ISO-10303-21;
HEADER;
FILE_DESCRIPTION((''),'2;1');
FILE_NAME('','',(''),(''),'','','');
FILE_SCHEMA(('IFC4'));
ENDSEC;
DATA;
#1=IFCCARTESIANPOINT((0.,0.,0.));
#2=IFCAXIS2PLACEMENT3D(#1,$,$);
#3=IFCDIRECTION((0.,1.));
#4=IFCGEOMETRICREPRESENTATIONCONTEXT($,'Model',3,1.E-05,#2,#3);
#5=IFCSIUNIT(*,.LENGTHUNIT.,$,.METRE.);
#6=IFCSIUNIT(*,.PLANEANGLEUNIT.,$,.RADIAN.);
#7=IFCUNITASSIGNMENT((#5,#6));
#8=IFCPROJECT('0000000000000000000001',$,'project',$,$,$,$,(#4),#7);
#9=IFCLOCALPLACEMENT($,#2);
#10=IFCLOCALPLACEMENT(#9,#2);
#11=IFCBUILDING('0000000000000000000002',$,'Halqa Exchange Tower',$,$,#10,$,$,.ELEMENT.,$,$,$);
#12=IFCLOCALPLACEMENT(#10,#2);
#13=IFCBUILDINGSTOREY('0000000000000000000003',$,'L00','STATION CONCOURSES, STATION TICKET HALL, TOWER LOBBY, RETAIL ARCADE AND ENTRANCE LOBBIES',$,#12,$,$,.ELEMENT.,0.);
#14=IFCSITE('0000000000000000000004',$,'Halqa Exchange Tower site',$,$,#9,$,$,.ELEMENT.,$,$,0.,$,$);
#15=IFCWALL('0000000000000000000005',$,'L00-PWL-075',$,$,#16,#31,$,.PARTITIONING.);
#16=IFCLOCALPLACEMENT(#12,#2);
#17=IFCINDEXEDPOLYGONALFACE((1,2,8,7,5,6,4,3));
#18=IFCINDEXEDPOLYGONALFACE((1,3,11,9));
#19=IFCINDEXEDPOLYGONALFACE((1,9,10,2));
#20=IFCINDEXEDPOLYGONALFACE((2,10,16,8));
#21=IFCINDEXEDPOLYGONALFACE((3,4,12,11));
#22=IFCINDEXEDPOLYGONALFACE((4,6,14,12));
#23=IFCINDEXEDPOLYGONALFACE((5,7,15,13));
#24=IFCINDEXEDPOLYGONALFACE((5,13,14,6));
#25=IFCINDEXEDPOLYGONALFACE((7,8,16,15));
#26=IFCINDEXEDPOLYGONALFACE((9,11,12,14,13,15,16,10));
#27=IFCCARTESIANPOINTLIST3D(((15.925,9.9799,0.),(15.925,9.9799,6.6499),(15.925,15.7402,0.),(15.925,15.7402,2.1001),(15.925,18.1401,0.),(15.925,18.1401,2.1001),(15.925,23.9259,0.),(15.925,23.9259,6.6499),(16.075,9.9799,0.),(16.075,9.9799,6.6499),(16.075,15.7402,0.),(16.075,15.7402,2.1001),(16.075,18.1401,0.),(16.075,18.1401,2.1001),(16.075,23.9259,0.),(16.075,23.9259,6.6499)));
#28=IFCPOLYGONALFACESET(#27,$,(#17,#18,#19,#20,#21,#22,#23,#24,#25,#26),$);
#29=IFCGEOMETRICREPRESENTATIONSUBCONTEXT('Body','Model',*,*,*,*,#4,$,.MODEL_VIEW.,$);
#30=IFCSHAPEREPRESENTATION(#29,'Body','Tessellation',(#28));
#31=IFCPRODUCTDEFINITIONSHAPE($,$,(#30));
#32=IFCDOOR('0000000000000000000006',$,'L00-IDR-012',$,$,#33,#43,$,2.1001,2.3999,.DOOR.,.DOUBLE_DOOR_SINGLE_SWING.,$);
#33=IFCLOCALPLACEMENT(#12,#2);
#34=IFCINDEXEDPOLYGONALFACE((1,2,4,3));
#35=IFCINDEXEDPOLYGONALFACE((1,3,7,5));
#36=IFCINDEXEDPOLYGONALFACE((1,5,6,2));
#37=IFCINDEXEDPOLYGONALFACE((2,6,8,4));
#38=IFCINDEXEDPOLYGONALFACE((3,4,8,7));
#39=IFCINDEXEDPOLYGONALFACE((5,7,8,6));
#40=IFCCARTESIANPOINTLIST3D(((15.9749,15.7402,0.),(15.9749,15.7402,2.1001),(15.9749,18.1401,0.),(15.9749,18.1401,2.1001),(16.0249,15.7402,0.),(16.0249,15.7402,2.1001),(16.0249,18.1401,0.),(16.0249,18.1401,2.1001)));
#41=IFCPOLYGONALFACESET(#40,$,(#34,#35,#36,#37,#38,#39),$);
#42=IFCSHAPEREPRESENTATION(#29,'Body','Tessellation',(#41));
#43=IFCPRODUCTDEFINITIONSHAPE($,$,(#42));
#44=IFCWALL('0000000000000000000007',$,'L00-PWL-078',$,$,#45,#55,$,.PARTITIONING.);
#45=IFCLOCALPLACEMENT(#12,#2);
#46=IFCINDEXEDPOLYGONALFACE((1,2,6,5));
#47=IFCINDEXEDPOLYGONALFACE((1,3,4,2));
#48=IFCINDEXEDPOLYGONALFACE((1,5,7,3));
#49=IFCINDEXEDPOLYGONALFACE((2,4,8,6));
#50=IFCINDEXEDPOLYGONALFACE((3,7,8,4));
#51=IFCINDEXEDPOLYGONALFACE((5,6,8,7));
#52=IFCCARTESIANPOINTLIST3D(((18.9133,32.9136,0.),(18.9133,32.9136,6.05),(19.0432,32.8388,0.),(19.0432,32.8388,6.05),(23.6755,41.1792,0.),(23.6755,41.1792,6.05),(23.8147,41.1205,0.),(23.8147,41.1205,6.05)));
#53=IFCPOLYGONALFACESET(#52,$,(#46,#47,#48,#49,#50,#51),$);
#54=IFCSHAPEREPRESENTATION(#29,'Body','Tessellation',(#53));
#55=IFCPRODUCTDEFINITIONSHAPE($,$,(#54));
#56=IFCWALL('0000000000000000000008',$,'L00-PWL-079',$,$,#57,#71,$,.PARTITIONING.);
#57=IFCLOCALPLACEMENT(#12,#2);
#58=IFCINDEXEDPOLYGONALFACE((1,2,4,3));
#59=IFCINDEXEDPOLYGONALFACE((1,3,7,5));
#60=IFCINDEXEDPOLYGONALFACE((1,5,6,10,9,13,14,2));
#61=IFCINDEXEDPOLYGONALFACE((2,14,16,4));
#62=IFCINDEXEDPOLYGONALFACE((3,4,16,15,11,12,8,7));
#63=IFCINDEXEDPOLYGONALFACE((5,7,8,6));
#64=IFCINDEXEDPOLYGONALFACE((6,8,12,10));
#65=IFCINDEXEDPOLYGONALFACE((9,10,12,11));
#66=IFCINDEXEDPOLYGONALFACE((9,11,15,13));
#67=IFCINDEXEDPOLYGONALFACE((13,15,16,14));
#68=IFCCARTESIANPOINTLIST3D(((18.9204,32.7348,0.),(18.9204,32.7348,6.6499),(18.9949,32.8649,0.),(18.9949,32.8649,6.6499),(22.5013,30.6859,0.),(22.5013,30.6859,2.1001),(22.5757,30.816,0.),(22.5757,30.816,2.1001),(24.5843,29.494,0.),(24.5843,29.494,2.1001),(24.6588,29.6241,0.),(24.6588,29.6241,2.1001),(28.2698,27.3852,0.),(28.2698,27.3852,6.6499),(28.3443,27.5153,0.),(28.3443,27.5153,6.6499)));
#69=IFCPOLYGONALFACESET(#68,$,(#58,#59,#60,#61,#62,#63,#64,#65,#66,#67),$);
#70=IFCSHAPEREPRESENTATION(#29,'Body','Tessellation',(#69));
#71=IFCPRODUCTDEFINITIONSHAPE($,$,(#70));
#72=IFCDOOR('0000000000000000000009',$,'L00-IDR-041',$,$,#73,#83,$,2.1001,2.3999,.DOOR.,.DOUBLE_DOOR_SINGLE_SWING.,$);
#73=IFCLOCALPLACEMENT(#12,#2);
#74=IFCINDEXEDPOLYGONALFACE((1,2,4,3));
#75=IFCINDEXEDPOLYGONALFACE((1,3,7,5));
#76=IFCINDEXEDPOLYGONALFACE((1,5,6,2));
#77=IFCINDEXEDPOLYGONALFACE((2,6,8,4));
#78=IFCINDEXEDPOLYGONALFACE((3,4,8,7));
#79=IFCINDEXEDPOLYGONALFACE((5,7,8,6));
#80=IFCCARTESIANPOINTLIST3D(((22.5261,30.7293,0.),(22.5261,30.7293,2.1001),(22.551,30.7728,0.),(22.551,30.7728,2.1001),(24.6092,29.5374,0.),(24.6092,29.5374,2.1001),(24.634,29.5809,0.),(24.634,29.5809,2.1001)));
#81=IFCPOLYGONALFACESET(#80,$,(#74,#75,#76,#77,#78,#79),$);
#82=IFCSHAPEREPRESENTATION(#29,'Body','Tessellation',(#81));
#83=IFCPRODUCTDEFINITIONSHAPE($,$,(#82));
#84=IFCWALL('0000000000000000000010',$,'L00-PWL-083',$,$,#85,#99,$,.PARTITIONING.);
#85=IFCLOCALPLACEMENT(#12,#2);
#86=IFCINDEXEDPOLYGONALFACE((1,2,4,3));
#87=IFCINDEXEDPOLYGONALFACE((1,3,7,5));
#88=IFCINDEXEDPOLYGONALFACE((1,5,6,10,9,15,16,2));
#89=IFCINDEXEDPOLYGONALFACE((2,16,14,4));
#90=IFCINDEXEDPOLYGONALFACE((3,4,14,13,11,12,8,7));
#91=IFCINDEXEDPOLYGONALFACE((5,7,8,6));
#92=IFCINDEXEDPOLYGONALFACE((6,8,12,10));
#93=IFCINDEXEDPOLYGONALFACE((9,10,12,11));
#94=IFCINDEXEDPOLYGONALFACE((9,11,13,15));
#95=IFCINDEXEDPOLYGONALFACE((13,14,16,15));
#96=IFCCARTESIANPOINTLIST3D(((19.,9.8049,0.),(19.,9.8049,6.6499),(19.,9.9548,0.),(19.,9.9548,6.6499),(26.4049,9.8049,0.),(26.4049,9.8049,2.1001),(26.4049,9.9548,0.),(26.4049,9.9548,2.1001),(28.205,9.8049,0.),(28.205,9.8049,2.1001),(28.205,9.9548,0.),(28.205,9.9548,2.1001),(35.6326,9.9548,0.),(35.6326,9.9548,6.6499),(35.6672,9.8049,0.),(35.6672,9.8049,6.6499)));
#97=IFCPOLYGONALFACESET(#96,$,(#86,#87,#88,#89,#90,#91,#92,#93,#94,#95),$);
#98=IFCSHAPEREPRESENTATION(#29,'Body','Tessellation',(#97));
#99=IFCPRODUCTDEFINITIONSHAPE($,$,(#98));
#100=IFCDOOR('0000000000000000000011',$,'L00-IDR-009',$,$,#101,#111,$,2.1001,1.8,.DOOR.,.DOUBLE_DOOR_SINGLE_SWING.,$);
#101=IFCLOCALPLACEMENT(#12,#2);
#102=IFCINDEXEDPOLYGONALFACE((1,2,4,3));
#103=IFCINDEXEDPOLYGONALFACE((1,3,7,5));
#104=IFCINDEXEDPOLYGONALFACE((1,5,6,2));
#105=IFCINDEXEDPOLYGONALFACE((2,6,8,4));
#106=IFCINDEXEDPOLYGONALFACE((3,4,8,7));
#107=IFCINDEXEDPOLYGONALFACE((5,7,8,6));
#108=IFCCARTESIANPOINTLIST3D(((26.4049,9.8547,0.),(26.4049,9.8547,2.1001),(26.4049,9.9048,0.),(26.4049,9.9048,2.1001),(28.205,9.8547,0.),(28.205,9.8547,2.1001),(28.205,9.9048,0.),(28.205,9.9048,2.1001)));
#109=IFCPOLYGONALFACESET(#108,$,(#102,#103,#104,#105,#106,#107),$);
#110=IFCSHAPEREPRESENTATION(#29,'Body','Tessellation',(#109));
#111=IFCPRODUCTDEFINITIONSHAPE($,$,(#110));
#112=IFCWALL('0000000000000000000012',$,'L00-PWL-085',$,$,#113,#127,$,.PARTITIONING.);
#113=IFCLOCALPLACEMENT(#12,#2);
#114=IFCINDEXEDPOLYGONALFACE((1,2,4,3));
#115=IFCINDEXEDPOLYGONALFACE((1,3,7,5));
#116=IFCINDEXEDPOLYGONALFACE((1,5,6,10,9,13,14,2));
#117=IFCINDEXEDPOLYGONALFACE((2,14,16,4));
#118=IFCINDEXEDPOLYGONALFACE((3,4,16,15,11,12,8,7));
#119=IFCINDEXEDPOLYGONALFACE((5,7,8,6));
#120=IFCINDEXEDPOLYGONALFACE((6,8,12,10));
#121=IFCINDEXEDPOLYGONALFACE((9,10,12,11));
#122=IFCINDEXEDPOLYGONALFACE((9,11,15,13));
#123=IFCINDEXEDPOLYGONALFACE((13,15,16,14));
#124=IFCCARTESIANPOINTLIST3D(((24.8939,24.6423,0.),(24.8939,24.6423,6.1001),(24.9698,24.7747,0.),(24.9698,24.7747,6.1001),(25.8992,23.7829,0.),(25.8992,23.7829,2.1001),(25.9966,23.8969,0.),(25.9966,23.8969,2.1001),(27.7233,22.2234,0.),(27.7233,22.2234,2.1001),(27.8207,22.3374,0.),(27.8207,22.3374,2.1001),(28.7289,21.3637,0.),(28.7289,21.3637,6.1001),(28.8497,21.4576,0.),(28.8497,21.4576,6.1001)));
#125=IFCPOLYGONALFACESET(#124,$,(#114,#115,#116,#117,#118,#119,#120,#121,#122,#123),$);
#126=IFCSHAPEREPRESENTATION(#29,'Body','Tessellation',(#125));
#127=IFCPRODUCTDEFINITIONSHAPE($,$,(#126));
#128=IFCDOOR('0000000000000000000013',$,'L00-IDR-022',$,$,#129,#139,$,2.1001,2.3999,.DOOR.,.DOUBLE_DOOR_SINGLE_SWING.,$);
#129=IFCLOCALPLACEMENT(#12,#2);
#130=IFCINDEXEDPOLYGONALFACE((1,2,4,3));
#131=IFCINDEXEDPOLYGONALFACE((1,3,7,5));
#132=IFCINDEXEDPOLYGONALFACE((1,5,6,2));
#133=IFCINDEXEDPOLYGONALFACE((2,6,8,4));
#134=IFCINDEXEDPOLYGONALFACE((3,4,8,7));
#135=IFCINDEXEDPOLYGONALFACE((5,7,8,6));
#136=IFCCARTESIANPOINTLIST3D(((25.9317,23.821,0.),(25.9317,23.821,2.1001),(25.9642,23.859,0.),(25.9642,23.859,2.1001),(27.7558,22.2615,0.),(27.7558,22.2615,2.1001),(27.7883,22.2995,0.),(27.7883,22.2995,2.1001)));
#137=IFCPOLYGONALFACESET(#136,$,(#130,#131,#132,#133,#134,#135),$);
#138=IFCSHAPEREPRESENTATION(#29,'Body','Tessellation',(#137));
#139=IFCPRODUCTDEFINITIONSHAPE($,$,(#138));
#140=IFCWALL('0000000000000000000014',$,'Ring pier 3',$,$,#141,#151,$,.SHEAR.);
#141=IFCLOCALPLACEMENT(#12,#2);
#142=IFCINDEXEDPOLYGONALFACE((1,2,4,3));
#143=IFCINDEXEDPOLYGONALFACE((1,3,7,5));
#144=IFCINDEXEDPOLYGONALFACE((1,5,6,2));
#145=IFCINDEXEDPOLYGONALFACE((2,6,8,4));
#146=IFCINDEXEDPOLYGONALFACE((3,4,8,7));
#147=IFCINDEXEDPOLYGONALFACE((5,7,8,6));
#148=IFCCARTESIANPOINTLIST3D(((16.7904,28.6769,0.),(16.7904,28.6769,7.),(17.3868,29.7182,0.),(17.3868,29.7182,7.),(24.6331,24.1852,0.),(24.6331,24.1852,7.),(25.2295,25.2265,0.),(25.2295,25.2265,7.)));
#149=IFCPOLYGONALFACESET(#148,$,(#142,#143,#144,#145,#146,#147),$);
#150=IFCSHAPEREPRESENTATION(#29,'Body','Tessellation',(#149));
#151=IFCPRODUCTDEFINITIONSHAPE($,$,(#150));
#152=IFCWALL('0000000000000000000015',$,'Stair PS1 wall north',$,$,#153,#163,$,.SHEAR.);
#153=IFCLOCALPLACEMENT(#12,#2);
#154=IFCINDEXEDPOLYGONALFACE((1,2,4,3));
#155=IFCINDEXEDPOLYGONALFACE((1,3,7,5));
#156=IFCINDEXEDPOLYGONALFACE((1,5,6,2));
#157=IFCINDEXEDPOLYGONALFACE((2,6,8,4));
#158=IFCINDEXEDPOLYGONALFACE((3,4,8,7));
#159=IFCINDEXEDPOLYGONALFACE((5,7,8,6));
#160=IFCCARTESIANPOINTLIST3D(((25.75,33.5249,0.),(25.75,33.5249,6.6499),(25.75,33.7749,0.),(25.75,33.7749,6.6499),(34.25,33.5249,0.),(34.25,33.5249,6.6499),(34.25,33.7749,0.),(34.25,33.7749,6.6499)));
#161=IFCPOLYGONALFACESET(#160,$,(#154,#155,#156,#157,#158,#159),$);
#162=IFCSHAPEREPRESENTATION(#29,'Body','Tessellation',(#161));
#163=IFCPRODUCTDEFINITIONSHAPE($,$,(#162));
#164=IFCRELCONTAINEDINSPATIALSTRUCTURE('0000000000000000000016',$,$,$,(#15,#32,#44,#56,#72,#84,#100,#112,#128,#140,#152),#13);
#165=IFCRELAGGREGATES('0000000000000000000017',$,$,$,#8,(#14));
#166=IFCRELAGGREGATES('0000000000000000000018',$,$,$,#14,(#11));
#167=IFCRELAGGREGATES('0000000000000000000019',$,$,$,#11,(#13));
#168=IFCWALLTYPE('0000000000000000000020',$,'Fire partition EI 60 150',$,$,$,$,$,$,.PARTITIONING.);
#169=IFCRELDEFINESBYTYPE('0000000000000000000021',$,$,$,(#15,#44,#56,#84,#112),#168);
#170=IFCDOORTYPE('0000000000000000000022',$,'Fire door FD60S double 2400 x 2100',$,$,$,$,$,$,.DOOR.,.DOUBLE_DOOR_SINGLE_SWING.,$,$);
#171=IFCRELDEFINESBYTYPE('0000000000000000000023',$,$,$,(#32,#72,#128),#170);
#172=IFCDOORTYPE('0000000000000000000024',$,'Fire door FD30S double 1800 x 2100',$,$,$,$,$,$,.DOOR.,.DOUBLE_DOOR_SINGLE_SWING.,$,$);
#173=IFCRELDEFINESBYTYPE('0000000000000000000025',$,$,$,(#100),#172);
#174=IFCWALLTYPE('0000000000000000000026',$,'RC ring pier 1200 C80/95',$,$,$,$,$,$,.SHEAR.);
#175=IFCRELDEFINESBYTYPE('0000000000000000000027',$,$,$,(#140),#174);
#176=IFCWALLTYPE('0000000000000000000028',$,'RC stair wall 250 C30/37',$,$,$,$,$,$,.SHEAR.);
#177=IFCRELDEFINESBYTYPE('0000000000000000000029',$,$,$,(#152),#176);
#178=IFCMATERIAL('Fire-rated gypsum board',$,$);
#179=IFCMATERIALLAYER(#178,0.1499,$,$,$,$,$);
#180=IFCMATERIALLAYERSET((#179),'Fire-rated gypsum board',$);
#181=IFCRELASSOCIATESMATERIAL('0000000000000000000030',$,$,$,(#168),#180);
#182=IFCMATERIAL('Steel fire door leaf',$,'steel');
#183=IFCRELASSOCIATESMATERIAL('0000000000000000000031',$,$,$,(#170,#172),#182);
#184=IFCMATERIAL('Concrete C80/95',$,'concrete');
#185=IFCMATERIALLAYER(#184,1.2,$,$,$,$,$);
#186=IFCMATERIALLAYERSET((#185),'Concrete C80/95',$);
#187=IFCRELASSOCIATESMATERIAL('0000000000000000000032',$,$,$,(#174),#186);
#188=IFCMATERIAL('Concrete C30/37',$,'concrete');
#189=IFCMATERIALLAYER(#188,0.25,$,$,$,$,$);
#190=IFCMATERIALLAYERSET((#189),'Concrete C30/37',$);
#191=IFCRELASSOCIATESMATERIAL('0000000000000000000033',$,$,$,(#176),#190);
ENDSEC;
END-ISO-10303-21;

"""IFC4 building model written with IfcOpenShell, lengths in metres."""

from ifc_helpers import new_model, si_unit, direction, frame, frame_2d, origin, place, context, subcontext, project, spatial, polyline, rectangle, outline, extrude, material, layer, layer_set, type_object, element, fill, save


model = new_model("IFC4")

# Units and contexts
model_context = context("Model", 3, precision=1e-05, world=origin(), true_north=direction((0.0, 1.0)))
body_context = subcontext(model_context, "Body", "Model", "MODEL_VIEW")
ifc_project = project(units=[si_unit("LENGTHUNIT", "METRE"), si_unit("PLANEANGLEUNIT", "RADIAN")], contexts=[model_context])

# Site, building, storey
site_placement = place(None, origin())
site = spatial("IfcSite", under=ifc_project, at=site_placement, Name="Halqa Exchange Tower site", CompositionType="ELEMENT", RefElevation=0.0)
building_placement = place(site_placement, origin())
building = spatial("IfcBuilding", under=site, at=building_placement, Name="Halqa Exchange Tower", CompositionType="ELEMENT")
storey_placement = place(building_placement, origin())
storey = spatial("IfcBuildingStorey", under=building, at=storey_placement, Name="L00", Description="STATION CONCOURSES, STATION TICKET HALL, TOWER LOBBY, RETAIL ARCADE AND ENTRANCE LOBBIES", CompositionType="ELEMENT", Elevation=0.0)

# Wall, opening, door
ifc_material_1 = material(Name="Fire-rated gypsum board")
ifc_layer_1 = layer(ifc_material_1, 0.1499)
ifc_layer_set_1 = layer_set([ifc_layer_1], Name="Fire-rated gypsum board")
wall_type_1 = type_object("IfcWallType", Name="Fire partition EI 60 150", PredefinedType="PARTITIONING", material=ifc_layer_set_1)
wall_1_placement = place(storey_placement, frame((16.0, 23.926, 0.0), z_axis=(0.0, 0.0, 1.0), x_axis=(0.0, -1.0, 0.0)))
wall_1 = element("IfcWall", 1, at=wall_1_placement, inside=storey, type_object=wall_type_1, Name="L00-PWL-075", PredefinedType="PARTITIONING", context=body_context, shape_type="SweptSolid", body=[
    extrude(rectangle(XDim=13.946, YDim=0.1499, at=frame_2d((6.9731, 0.0))), origin(), (0.0, 0.0, 1.0), 6.6499),
])
opening_1_placement = place(wall_1_placement, frame((5.7859, 0.0, 0.0)))
opening_1 = element("IfcOpeningElement", 2, at=opening_1_placement, cuts=wall_1, PredefinedType="OPENING", context=body_context, shape_type="SweptSolid", body=[
    extrude(rectangle(XDim=2.3999, YDim=2.1001, at=frame_2d((1.2, 1.05))), frame((0.0, 0.0869, 0.0), z_axis=(0.0, -1.0, 0.0), x_axis=(1.0, 0.0, 0.0)), (0.0, 0.0, 1.0), 0.1738),
])
ifc_material_2 = material(Name="Steel fire door leaf", Category="steel")
door_type_1 = type_object("IfcDoorType", Name="Fire door FD60S double 2400 x 2100", OperationType="DOUBLE_DOOR_SINGLE_SWING", PredefinedType="DOOR", material=ifc_material_2)
door_1_placement = place(opening_1_placement, origin())
door_1 = element("IfcDoor", 3, at=door_1_placement, inside=storey, type_object=door_type_1, Name="L00-IDR-012", OperationType="DOUBLE_DOOR_SINGLE_SWING", OverallHeight=2.1001, OverallWidth=2.3999, PredefinedType="DOOR", context=body_context, shape_type="SweptSolid", body=[
    extrude(rectangle(XDim=2.3999, YDim=2.1001, at=frame_2d((1.2, 1.05))), frame((0.0, 0.0249, 0.0), z_axis=(0.0, -1.0, 0.0), x_axis=(1.0, 0.0, 0.0)), (0.0, 0.0, 1.0), 0.05),
])
fill(opening_1, door_1)

# Wall
wall_2_placement = place(storey_placement, frame((18.9783, 32.8762, 0.0), z_axis=(0.0, 0.0, 1.0), x_axis=(0.499217, 0.866477, 0.0)))
element("IfcWall", 4, at=wall_2_placement, inside=storey, type_object=wall_type_1, Name="L00-PWL-078", PredefinedType="PARTITIONING", context=body_context, shape_type="SweptSolid", body=[
    extrude(outline(polyline([(0.0, -0.075), (9.5579, -0.075), (9.5393, 0.075), (0.0, 0.075), (0.0, -0.075)])), origin(), (0.0, 0.0, 1.0), 6.05),
])

# Walls, openings, doors
wall_3_placement = place(storey_placement, frame((18.9578, 32.7998, 0.0), z_axis=(0.0, 0.0, 1.0), x_axis=(0.867958, -0.496637, 0.0)))
wall_3 = element("IfcWall", 5, at=wall_3_placement, inside=storey, type_object=wall_type_1, Name="L00-PWL-079", PredefinedType="PARTITIONING", context=body_context, shape_type="SweptSolid", body=[
    extrude(rectangle(XDim=10.7717, YDim=0.1499, at=frame_2d((5.3857, 0.0))), origin(), (0.0, 0.0, 1.0), 6.6499),
])
opening_2_placement = place(wall_3_placement, frame((4.1255, 0.0, 0.0)))
opening_2 = element("IfcOpeningElement", 6, at=opening_2_placement, cuts=wall_3, PredefinedType="OPENING", context=body_context, shape_type="SweptSolid", body=[
    extrude(rectangle(XDim=2.3999, YDim=2.1001, at=frame_2d((1.2, 1.05))), frame((0.0, 0.0869, 0.0), z_axis=(0.0, -1.0, 0.0), x_axis=(1.0, 0.0, 0.0)), (0.0, 0.0, 1.0), 0.1738),
])
door_2_placement = place(opening_2_placement, frame((2.3999, 0.0, 0.0), z_axis=(0.0, 0.0, 1.0), x_axis=(-1.0, 0.0, 0.0)))
door_2 = element("IfcDoor", 7, at=door_2_placement, inside=storey, type_object=door_type_1, Name="L00-IDR-041", OperationType="DOUBLE_DOOR_SINGLE_SWING", OverallHeight=2.1001, OverallWidth=2.3999, PredefinedType="DOOR", context=body_context, shape_type="SweptSolid", body=[
    extrude(rectangle(XDim=2.3999, YDim=2.1001, at=frame_2d((1.2, 1.05))), frame((0.0, 0.0249, 0.0), z_axis=(0.0, -1.0, 0.0), x_axis=(1.0, 0.0, 0.0)), (0.0, 0.0, 1.0), 0.05),
])
fill(opening_2, door_2)
wall_4_placement = place(storey_placement, frame((19.0, 9.8799, 0.0), z_axis=(0.0, 0.0, 1.0), x_axis=(1.0, 0.0, 0.0)))
wall_4 = element("IfcWall", 8, at=wall_4_placement, inside=storey, type_object=wall_type_1, Name="L00-PWL-083", PredefinedType="PARTITIONING", context=body_context, shape_type="SweptSolid", body=[
    extrude(outline(polyline([(0.0, -0.075), (16.6672, -0.075), (16.6326, 0.075), (0.0, 0.075), (0.0, -0.075)])), origin(), (0.0, 0.0, 1.0), 6.6499),
])
opening_3_placement = place(wall_4_placement, frame((7.405, 0.0, 0.0)))
opening_3 = element("IfcOpeningElement", 9, at=opening_3_placement, cuts=wall_4, PredefinedType="OPENING", context=body_context, shape_type="SweptSolid", body=[
    extrude(rectangle(XDim=1.8, YDim=2.1001, at=frame_2d((0.8999, 1.05))), frame((0.0, 0.0869, 0.0), z_axis=(0.0, -1.0, 0.0), x_axis=(1.0, 0.0, 0.0)), (0.0, 0.0, 1.0), 0.1738),
])
door_type_2 = type_object("IfcDoorType", Name="Fire door FD30S double 1800 x 2100", OperationType="DOUBLE_DOOR_SINGLE_SWING", PredefinedType="DOOR", material=ifc_material_2)
door_3_placement = place(opening_3_placement, origin())
door_3 = element("IfcDoor", 10, at=door_3_placement, inside=storey, type_object=door_type_2, Name="L00-IDR-009", OperationType="DOUBLE_DOOR_SINGLE_SWING", OverallHeight=2.1001, OverallWidth=1.8, PredefinedType="DOOR", context=body_context, shape_type="SweptSolid", body=[
    extrude(rectangle(XDim=1.8, YDim=2.1001, at=frame_2d((0.8999, 1.05))), frame((0.0, 0.0249, 0.0), z_axis=(0.0, -1.0, 0.0), x_axis=(1.0, 0.0, 0.0)), (0.0, 0.0, 1.0), 0.05),
])
fill(opening_3, door_3)
wall_5_placement = place(storey_placement, frame((24.9319, 24.7085, 0.0), z_axis=(0.0, 0.0, 1.0), x_axis=(0.760085, -0.649824, 0.0)))
wall_5 = element("IfcWall", 11, at=wall_5_placement, inside=storey, type_object=wall_type_1, Name="L00-PWL-085", PredefinedType="PARTITIONING", context=body_context, shape_type="SweptSolid", body=[
    extrude(outline(polyline([(0.0142, -0.075), (5.0596, -0.075), (5.0903, 0.075), (-0.0142, 0.075), (0.0142, -0.075)])), origin(), (0.0, 0.0, 1.0), 6.1001),
])
opening_4_placement = place(wall_5_placement, frame((1.3367, 0.0, 0.0)))
opening_4 = element("IfcOpeningElement", 12, at=opening_4_placement, cuts=wall_5, PredefinedType="OPENING", context=body_context, shape_type="SweptSolid", body=[
    extrude(rectangle(XDim=2.3999, YDim=2.1001, at=frame_2d((1.2, 1.05))), frame((0.0, 0.0869, 0.0), z_axis=(0.0, -1.0, 0.0), x_axis=(1.0, 0.0, 0.0)), (0.0, 0.0, 1.0), 0.1738),
])
door_4_placement = place(opening_4_placement, frame((2.3999, 0.0, 0.0), z_axis=(0.0, 0.0, 1.0), x_axis=(-1.0, 0.0, 0.0)))
door_4 = element("IfcDoor", 13, at=door_4_placement, inside=storey, type_object=door_type_1, Name="L00-IDR-022", OperationType="DOUBLE_DOOR_SINGLE_SWING", OverallHeight=2.1001, OverallWidth=2.3999, PredefinedType="DOOR", context=body_context, shape_type="SweptSolid", body=[
    extrude(rectangle(XDim=2.3999, YDim=2.1001, at=frame_2d((1.2, 1.05))), frame((0.0, 0.0249, 0.0), z_axis=(0.0, -1.0, 0.0), x_axis=(1.0, 0.0, 0.0)), (0.0, 0.0, 1.0), 0.05),
])
fill(opening_4, door_4)

# Walls
ifc_material_3 = material(Name="Concrete C30/37", Category="concrete")
ifc_material_4 = material(Name="Concrete C80/95", Category="concrete")
ifc_layer_2 = layer(ifc_material_4, 1.2)
ifc_layer_set_2 = layer_set([ifc_layer_2], Name="Concrete C80/95")
wall_type_2 = type_object("IfcWallType", Name="RC ring pier 1200 C80/95", PredefinedType="SHEAR", material=ifc_layer_set_2)
wall_6_placement = place(storey_placement, frame((24.9314, 24.7058, 0.0), z_axis=(0.0, 0.0, 1.0), x_axis=(-0.867761, 0.496982, 0.0)))
element("IfcWall", 14, at=wall_6_placement, inside=storey, type_object=wall_type_2, Name="Ring pier 3", PredefinedType="SHEAR", context=body_context, shape_type="SweptSolid", body=[
    extrude(rectangle(XDim=9.0378, YDim=1.2, at=frame_2d((4.519, 0.0))), origin(), (0.0, 0.0, 1.0), 7.0),
])
ifc_layer_3 = layer(ifc_material_3, 0.25)
ifc_layer_set_3 = layer_set([ifc_layer_3], Name="Concrete C30/37")
wall_type_3 = type_object("IfcWallType", Name="RC stair wall 250 C30/37", PredefinedType="SHEAR", material=ifc_layer_set_3)
for number, where, z_axis, x_axis, name in (
    (15, (25.75, 33.6499, 0.0), (0.0, 0.0, 1.0), (1.0, 0.0, 0.0), "Stair PS1 wall north"),
):
    element("IfcWall", number, at=place(storey_placement, frame(where, z_axis=z_axis, x_axis=x_axis)), inside=storey, type_object=wall_type_3, Name=name, PredefinedType="SHEAR", context=body_context, shape_type="SweptSolid", body=[
        extrude(rectangle(XDim=8.5, YDim=0.25, at=frame_2d((4.25, 0.0))), origin(), (0.0, 0.0, 1.0), 6.6499),
    ])

save(model, "model.ifc")
